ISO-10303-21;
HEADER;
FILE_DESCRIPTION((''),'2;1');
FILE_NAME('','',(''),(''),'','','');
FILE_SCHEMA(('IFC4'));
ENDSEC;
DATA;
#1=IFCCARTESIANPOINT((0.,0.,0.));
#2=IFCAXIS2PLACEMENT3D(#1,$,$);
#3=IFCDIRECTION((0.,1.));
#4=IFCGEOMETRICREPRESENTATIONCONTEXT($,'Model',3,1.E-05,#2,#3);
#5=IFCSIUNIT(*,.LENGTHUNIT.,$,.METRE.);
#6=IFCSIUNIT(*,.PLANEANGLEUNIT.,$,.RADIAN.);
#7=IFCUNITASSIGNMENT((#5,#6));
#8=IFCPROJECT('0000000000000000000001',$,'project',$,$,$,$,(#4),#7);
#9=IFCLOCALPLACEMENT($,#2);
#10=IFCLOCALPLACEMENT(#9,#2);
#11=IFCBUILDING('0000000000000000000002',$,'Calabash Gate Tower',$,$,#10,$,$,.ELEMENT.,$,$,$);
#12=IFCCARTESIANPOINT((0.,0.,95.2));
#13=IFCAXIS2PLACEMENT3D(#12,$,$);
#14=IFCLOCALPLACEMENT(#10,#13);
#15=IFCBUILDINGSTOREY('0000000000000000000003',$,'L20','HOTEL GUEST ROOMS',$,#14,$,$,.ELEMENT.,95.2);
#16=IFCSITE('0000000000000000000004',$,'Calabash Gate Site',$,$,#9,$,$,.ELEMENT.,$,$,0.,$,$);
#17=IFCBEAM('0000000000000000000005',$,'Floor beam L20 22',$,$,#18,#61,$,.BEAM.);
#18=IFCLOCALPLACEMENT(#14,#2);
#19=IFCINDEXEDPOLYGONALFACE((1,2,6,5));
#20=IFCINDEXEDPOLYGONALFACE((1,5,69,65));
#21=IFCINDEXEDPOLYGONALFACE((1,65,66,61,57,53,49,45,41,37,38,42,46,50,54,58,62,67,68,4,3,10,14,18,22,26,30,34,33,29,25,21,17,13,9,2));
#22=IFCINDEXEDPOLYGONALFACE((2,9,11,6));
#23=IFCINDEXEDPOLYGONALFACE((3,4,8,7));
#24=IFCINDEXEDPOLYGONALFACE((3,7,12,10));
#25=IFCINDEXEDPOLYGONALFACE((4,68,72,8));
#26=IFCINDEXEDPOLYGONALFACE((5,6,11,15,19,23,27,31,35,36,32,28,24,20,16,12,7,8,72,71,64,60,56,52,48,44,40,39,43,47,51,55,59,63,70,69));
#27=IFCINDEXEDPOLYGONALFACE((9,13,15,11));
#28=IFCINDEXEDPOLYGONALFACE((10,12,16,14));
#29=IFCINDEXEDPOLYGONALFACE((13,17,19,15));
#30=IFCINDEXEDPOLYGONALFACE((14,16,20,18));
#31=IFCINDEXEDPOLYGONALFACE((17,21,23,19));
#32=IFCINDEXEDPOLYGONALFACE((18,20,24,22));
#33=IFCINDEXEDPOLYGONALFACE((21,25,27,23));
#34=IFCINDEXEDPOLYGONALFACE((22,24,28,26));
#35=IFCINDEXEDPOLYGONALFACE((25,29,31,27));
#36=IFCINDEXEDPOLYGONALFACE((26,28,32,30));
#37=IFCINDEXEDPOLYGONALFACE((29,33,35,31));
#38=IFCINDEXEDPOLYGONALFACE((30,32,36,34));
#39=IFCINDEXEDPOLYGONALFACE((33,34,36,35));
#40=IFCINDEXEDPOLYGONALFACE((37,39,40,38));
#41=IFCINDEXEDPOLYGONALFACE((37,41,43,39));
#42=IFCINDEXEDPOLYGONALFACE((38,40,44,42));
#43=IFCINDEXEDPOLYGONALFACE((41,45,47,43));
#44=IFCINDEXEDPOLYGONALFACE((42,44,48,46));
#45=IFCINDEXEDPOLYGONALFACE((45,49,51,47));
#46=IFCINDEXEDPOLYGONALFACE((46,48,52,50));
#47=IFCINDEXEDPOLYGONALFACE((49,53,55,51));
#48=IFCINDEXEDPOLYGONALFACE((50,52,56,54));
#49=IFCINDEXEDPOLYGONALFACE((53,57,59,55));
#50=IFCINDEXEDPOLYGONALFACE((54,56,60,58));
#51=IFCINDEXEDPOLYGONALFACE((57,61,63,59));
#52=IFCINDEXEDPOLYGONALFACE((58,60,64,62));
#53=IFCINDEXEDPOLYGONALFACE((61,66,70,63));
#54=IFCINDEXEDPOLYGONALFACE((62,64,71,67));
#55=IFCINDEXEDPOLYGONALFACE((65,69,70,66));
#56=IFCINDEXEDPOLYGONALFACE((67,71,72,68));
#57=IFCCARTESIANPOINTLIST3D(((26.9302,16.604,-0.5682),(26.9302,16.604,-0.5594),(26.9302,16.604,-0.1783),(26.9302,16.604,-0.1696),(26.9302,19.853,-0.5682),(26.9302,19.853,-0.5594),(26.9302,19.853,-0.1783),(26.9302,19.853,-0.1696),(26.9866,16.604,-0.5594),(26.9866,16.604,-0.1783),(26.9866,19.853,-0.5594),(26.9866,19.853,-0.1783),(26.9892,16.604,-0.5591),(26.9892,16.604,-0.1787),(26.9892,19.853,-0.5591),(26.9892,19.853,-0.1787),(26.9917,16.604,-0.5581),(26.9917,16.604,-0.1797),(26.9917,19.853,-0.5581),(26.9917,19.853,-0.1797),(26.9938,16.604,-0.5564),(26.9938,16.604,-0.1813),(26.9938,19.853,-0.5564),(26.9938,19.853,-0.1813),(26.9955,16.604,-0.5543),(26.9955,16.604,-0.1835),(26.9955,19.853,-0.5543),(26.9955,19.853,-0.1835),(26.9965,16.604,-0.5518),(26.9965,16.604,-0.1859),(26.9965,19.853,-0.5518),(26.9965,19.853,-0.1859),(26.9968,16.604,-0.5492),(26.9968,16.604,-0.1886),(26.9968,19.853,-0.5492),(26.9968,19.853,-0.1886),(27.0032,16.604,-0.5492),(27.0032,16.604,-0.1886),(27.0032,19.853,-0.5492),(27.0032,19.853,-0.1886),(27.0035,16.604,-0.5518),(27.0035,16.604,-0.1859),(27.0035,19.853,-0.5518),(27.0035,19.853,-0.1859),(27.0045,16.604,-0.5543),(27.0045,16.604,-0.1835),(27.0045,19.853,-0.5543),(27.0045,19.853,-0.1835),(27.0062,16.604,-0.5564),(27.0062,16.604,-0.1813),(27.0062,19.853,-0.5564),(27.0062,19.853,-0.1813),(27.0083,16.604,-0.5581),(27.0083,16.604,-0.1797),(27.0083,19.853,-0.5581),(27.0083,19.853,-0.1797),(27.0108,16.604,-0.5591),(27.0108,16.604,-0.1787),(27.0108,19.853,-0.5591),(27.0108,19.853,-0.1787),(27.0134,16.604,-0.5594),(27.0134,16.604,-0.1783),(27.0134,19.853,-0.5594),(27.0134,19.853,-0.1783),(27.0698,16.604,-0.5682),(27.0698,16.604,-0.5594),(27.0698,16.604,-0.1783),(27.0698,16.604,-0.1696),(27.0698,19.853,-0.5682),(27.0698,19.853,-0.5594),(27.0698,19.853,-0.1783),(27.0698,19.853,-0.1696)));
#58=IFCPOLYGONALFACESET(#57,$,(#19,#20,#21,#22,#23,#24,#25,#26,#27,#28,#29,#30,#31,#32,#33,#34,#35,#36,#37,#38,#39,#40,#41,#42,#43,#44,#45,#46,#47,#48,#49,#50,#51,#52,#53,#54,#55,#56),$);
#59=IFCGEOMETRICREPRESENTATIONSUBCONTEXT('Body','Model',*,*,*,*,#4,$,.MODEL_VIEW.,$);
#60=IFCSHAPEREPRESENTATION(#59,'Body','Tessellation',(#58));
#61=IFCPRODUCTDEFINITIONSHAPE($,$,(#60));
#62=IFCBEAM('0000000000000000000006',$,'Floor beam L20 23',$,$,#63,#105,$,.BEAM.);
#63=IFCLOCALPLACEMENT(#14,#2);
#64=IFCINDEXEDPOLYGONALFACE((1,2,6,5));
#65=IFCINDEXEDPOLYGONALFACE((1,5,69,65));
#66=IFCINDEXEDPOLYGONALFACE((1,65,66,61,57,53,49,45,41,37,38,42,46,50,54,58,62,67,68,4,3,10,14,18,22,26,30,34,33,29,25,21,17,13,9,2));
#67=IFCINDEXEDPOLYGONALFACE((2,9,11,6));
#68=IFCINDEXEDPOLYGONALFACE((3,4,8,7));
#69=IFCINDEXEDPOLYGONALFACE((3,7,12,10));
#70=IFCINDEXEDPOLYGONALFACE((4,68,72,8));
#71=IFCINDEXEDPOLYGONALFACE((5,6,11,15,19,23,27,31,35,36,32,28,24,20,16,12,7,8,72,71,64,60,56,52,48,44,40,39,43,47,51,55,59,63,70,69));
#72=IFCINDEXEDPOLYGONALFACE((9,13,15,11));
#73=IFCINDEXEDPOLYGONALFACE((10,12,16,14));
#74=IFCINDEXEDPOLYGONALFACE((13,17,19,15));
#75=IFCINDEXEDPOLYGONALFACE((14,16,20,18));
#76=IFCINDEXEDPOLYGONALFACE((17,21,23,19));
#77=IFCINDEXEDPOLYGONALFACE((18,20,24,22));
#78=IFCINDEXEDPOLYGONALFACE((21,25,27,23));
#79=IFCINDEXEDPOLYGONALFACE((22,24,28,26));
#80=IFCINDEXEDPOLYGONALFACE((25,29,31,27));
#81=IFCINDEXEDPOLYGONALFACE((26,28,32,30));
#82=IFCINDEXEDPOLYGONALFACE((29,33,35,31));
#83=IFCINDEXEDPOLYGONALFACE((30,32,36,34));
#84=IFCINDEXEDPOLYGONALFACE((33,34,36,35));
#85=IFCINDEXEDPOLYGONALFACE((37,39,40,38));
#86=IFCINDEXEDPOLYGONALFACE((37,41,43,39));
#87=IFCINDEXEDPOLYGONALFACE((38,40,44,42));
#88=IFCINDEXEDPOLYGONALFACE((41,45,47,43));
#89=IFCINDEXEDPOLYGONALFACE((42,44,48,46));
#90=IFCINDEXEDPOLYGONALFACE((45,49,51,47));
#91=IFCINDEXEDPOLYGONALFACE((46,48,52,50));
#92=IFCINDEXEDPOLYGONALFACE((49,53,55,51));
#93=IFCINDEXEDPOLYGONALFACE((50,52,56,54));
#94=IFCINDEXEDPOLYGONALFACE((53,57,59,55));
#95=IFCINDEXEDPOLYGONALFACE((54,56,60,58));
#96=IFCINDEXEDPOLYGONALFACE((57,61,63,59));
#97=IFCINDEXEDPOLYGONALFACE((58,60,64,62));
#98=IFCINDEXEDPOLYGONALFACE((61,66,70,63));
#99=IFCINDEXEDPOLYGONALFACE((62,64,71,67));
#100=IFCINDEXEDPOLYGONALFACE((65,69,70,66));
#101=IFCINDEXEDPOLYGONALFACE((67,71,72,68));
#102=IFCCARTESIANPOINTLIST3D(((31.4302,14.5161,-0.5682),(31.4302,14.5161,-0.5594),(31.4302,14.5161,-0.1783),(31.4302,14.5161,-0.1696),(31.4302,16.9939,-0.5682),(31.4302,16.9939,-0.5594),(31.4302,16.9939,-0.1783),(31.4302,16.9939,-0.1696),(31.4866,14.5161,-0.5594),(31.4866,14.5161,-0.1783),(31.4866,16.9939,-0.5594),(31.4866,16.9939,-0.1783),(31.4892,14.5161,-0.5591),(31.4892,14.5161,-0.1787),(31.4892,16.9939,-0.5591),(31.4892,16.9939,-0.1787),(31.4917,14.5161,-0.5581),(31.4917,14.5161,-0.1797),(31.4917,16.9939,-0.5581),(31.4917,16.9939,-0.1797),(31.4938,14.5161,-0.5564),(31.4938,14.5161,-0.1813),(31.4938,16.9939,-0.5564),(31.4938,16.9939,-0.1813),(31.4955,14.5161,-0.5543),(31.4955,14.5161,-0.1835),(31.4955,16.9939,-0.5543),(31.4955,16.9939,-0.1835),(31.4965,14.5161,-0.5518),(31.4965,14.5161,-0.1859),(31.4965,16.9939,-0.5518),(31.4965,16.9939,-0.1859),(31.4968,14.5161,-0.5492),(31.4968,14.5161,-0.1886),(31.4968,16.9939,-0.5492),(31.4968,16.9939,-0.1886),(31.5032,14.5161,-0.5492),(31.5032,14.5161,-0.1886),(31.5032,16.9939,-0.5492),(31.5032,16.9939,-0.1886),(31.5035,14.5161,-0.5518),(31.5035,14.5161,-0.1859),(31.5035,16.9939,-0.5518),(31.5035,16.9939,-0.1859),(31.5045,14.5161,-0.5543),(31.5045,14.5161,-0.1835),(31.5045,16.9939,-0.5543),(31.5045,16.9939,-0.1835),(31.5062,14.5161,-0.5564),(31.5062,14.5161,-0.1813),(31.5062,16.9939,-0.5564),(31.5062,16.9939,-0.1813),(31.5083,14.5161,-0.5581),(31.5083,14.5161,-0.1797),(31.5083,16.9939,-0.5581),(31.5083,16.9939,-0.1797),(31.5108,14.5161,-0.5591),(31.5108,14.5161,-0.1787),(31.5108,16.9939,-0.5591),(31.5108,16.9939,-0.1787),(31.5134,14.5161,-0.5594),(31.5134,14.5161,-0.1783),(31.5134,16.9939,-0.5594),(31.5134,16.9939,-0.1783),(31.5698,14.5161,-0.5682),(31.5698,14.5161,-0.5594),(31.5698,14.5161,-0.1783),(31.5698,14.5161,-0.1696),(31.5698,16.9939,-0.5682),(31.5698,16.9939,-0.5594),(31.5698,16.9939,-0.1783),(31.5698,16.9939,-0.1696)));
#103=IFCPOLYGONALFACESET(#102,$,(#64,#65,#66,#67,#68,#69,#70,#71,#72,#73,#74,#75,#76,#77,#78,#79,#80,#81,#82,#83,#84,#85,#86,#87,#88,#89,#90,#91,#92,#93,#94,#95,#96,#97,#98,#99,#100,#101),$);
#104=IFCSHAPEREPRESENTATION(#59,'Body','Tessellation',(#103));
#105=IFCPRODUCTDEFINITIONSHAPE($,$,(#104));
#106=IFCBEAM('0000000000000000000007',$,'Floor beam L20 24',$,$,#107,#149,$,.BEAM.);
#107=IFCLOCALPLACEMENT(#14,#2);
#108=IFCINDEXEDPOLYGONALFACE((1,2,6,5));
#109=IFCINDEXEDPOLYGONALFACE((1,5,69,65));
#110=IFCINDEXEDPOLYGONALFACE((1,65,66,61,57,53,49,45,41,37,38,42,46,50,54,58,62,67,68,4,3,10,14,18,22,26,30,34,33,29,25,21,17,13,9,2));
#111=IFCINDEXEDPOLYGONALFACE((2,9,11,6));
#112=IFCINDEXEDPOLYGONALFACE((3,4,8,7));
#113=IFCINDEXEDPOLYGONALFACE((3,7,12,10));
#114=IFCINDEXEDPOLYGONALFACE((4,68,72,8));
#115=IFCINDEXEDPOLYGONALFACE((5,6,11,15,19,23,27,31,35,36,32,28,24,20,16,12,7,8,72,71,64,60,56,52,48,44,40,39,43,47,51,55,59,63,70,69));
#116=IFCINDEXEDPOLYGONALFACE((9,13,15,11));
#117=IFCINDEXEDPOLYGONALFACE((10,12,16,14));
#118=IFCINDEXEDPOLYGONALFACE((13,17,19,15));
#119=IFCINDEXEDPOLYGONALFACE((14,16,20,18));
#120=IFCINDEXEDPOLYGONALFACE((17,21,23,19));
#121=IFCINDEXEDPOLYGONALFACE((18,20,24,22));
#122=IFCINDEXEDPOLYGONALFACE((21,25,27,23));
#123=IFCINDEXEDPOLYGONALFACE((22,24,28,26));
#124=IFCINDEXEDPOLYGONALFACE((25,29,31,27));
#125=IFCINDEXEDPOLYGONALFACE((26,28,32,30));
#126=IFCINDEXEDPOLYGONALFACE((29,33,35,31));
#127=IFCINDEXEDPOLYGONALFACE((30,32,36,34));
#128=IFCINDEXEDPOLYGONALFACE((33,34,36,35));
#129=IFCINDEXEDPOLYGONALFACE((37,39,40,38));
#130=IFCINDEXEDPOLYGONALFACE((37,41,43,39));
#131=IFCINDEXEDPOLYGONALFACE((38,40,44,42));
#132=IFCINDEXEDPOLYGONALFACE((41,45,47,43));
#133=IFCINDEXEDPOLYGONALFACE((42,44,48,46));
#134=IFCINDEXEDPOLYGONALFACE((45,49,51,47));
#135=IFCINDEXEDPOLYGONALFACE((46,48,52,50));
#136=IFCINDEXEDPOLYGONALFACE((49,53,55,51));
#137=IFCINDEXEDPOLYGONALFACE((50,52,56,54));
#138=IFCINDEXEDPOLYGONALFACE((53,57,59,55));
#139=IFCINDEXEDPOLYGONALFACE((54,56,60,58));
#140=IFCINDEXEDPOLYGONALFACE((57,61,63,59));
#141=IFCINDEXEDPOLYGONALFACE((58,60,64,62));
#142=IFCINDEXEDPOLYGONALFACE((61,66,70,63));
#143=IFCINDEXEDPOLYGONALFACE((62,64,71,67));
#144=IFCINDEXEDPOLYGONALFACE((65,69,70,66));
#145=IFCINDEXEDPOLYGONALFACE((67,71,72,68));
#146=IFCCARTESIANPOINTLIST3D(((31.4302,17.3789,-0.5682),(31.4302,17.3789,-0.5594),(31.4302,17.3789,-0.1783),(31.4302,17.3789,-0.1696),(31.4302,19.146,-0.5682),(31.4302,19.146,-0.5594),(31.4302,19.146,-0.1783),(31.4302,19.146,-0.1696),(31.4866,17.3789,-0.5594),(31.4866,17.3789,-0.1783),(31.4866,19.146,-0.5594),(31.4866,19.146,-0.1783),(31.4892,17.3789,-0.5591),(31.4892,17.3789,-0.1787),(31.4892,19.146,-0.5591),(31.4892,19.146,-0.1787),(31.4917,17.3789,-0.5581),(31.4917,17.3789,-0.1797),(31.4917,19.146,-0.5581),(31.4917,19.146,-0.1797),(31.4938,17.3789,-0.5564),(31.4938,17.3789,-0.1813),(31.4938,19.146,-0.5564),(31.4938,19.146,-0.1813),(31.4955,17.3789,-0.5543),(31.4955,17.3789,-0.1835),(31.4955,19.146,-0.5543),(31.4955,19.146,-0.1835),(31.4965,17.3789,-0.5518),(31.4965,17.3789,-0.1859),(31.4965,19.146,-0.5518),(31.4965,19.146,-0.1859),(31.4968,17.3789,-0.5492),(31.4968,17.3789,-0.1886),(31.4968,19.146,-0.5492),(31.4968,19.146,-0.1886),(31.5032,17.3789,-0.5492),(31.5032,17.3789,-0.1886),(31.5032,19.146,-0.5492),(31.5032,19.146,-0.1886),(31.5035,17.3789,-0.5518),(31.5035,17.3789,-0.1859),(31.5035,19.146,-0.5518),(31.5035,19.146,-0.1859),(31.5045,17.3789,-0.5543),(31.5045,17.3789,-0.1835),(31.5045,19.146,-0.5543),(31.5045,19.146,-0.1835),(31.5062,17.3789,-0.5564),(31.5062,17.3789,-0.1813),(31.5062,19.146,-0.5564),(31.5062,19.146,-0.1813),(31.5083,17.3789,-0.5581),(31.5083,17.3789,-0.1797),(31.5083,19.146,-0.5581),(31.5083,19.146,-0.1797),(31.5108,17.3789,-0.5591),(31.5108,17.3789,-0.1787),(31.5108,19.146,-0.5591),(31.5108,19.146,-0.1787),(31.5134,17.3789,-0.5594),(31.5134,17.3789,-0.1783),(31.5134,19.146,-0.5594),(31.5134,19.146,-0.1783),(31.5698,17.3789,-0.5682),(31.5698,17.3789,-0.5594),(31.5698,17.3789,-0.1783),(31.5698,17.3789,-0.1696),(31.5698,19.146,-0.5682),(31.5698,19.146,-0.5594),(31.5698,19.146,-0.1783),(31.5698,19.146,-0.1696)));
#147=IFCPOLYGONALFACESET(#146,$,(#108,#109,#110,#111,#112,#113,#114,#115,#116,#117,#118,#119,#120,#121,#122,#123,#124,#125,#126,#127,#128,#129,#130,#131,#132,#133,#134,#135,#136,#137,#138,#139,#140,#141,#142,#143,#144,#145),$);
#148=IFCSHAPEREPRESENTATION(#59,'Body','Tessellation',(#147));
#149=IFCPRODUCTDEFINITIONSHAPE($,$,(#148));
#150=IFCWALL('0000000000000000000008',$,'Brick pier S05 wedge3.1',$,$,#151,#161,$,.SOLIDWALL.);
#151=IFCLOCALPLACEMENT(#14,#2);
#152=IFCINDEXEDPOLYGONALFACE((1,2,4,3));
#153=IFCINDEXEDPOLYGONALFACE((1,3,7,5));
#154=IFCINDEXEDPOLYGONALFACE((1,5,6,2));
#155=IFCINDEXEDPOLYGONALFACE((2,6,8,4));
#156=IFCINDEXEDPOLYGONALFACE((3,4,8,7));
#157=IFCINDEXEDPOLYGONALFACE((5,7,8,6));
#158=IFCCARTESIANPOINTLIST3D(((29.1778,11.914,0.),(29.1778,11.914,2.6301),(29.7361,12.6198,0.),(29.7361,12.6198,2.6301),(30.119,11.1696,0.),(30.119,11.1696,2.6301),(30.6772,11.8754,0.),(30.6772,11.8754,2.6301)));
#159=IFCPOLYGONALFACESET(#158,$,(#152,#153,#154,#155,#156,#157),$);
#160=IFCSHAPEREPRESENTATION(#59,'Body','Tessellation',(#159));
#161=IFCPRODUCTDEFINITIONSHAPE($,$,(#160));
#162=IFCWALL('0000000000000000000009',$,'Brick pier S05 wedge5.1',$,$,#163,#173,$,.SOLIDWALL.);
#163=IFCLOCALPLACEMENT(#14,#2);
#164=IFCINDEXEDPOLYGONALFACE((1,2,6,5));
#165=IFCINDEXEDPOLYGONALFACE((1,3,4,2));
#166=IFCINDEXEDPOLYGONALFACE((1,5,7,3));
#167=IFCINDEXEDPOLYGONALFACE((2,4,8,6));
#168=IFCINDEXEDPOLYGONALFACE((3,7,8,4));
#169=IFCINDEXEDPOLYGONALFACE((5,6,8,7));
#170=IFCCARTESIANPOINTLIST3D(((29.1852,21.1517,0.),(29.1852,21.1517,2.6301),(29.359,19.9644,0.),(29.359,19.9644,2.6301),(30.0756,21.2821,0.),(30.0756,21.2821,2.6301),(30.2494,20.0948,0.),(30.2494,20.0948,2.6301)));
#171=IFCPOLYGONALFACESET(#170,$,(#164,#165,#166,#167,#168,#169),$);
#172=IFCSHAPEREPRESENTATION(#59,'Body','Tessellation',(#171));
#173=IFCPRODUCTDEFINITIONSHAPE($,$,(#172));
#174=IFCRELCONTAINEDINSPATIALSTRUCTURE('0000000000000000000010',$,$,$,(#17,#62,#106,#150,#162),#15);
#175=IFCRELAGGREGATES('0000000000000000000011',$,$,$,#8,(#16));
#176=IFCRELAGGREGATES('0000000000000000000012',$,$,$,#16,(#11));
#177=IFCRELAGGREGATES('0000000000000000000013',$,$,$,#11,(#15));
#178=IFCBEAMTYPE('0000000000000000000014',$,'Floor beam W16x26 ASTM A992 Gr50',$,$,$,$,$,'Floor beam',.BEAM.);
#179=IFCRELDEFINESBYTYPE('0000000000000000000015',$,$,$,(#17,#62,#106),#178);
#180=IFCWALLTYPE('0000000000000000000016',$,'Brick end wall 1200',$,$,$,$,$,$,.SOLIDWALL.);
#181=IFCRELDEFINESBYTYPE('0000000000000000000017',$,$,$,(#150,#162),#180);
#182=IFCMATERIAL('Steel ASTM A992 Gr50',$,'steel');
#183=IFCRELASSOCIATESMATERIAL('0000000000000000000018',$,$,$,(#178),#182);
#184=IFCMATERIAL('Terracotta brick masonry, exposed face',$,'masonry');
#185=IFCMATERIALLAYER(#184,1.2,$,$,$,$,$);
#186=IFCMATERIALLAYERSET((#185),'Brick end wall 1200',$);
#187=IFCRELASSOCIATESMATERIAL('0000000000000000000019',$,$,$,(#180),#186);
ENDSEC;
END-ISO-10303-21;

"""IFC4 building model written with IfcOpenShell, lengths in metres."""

from ifc_helpers import new_model, si_unit, direction, frame, frame_2d, origin, origin_2d, place, context, subcontext, project, spatial, rectangle, i_section, extrude, material, layer, layer_set, material_profile, profile_set, type_object, element, save


model = new_model("IFC4")

# Units and contexts
model_context = context("Model", 3, precision=1e-05, world=origin(), true_north=direction((0.0, 1.0)))
body_context = subcontext(model_context, "Body", "Model", "MODEL_VIEW")
ifc_project = project(units=[si_unit("LENGTHUNIT", "METRE"), si_unit("PLANEANGLEUNIT", "RADIAN")], contexts=[model_context])

# Site, building, storey
site_placement = place(None, origin())
site = spatial("IfcSite", under=ifc_project, at=site_placement, Name="Calabash Gate Site", CompositionType="ELEMENT", RefElevation=0.0)
building_placement = place(site_placement, origin())
building = spatial("IfcBuilding", under=site, at=building_placement, Name="Calabash Gate Tower", CompositionType="ELEMENT")
storey_placement = place(building_placement, frame((0.0, 0.0, 95.2)))
storey = spatial("IfcBuildingStorey", under=building, at=storey_placement, Name="L20", Description="HOTEL GUEST ROOMS", CompositionType="ELEMENT", Elevation=95.2)

# Beams
ifc_material_1 = material(Name="Steel ASTM A992 Gr50", Category="steel")
ifc_material_profile_1 = material_profile(ifc_material_1, i_section(OverallWidth=0.1396, OverallDepth=0.3987, WebThickness=0.0063, FlangeThickness=0.0088, FilletRadius=0.0103, at=origin_2d()))
ifc_profile_set_1 = profile_set([ifc_material_profile_1], Name="Steel ASTM A992 Gr50")
beam_type_1 = type_object("IfcBeamType", Name="Floor beam W16x26 ASTM A992 Gr50", ElementType="Floor beam", PredefinedType="BEAM", material=ifc_profile_set_1)
beam_1_placement = place(storey_placement, frame((27.0, 16.604, -0.3689), z_axis=(0.0, 1.0, 0.0), x_axis=(-1.0, 0.0, 0.0)))
element("IfcBeam", 1, at=beam_1_placement, inside=storey, type_object=beam_type_1, Name="Floor beam L20 22", PredefinedType="BEAM", context=body_context, shape_type="SweptSolid", body=[
    extrude(i_section(OverallWidth=0.1396, OverallDepth=0.3987, WebThickness=0.0063, FlangeThickness=0.0088, FilletRadius=0.0103, at=origin_2d()), origin(), (0.0, 0.0, 1.0), 3.249),
])
beam_2_placement = place(storey_placement, frame((31.5, 14.5161, -0.3689), z_axis=(0.0, 1.0, 0.0), x_axis=(-1.0, 0.0, 0.0)))
element("IfcBeam", 2, at=beam_2_placement, inside=storey, type_object=beam_type_1, Name="Floor beam L20 23", PredefinedType="BEAM", context=body_context, shape_type="SweptSolid", body=[
    extrude(i_section(OverallWidth=0.1396, OverallDepth=0.3987, WebThickness=0.0063, FlangeThickness=0.0088, FilletRadius=0.0103, at=origin_2d()), origin(), (0.0, 0.0, 1.0), 2.4778),
])
beam_3_placement = place(storey_placement, frame((31.5, 17.3789, -0.3689), z_axis=(0.0, 1.0, 0.0), x_axis=(-1.0, 0.0, 0.0)))
element("IfcBeam", 3, at=beam_3_placement, inside=storey, type_object=beam_type_1, Name="Floor beam L20 24", PredefinedType="BEAM", context=body_context, shape_type="SweptSolid", body=[
    extrude(i_section(OverallWidth=0.1396, OverallDepth=0.3987, WebThickness=0.0063, FlangeThickness=0.0088, FilletRadius=0.0103, at=origin_2d()), origin(), (0.0, 0.0, 1.0), 1.7671),
])

# Walls
ifc_material_2 = material(Name="Terracotta brick masonry, exposed face", Category="masonry")
ifc_layer_1 = layer(ifc_material_2, 1.2)
ifc_layer_set_1 = layer_set([ifc_layer_1], Name="Brick end wall 1200")
wall_type_1 = type_object("IfcWallType", Name="Brick end wall 1200", PredefinedType="SOLIDWALL", material=ifc_layer_set_1)
for number, where, z_axis, x_axis, name in (
    (4, (30.3982, 11.5225, 0.0), (0.0, 0.0, 1.0), (-0.78433, 0.620343, 0.0), "Brick pier S05 wedge3.1"),
    (5, (29.6304, 21.217, 0.0), (0.0, 0.0, 1.0), (0.144867, -0.989451, 0.0), "Brick pier S05 wedge5.1"),
):
    element("IfcWall", number, at=place(storey_placement, frame(where, z_axis=z_axis, x_axis=x_axis)), inside=storey, type_object=wall_type_1, Name=name, PredefinedType="SOLIDWALL", context=body_context, shape_type="SweptSolid", body=[
        extrude(rectangle(XDim=1.2, YDim=0.8999, at=frame_2d((0.6001, 0.0))), origin(), (0.0, 0.0, 1.0), 2.6301),
    ])

save(model, "model.ifc")
